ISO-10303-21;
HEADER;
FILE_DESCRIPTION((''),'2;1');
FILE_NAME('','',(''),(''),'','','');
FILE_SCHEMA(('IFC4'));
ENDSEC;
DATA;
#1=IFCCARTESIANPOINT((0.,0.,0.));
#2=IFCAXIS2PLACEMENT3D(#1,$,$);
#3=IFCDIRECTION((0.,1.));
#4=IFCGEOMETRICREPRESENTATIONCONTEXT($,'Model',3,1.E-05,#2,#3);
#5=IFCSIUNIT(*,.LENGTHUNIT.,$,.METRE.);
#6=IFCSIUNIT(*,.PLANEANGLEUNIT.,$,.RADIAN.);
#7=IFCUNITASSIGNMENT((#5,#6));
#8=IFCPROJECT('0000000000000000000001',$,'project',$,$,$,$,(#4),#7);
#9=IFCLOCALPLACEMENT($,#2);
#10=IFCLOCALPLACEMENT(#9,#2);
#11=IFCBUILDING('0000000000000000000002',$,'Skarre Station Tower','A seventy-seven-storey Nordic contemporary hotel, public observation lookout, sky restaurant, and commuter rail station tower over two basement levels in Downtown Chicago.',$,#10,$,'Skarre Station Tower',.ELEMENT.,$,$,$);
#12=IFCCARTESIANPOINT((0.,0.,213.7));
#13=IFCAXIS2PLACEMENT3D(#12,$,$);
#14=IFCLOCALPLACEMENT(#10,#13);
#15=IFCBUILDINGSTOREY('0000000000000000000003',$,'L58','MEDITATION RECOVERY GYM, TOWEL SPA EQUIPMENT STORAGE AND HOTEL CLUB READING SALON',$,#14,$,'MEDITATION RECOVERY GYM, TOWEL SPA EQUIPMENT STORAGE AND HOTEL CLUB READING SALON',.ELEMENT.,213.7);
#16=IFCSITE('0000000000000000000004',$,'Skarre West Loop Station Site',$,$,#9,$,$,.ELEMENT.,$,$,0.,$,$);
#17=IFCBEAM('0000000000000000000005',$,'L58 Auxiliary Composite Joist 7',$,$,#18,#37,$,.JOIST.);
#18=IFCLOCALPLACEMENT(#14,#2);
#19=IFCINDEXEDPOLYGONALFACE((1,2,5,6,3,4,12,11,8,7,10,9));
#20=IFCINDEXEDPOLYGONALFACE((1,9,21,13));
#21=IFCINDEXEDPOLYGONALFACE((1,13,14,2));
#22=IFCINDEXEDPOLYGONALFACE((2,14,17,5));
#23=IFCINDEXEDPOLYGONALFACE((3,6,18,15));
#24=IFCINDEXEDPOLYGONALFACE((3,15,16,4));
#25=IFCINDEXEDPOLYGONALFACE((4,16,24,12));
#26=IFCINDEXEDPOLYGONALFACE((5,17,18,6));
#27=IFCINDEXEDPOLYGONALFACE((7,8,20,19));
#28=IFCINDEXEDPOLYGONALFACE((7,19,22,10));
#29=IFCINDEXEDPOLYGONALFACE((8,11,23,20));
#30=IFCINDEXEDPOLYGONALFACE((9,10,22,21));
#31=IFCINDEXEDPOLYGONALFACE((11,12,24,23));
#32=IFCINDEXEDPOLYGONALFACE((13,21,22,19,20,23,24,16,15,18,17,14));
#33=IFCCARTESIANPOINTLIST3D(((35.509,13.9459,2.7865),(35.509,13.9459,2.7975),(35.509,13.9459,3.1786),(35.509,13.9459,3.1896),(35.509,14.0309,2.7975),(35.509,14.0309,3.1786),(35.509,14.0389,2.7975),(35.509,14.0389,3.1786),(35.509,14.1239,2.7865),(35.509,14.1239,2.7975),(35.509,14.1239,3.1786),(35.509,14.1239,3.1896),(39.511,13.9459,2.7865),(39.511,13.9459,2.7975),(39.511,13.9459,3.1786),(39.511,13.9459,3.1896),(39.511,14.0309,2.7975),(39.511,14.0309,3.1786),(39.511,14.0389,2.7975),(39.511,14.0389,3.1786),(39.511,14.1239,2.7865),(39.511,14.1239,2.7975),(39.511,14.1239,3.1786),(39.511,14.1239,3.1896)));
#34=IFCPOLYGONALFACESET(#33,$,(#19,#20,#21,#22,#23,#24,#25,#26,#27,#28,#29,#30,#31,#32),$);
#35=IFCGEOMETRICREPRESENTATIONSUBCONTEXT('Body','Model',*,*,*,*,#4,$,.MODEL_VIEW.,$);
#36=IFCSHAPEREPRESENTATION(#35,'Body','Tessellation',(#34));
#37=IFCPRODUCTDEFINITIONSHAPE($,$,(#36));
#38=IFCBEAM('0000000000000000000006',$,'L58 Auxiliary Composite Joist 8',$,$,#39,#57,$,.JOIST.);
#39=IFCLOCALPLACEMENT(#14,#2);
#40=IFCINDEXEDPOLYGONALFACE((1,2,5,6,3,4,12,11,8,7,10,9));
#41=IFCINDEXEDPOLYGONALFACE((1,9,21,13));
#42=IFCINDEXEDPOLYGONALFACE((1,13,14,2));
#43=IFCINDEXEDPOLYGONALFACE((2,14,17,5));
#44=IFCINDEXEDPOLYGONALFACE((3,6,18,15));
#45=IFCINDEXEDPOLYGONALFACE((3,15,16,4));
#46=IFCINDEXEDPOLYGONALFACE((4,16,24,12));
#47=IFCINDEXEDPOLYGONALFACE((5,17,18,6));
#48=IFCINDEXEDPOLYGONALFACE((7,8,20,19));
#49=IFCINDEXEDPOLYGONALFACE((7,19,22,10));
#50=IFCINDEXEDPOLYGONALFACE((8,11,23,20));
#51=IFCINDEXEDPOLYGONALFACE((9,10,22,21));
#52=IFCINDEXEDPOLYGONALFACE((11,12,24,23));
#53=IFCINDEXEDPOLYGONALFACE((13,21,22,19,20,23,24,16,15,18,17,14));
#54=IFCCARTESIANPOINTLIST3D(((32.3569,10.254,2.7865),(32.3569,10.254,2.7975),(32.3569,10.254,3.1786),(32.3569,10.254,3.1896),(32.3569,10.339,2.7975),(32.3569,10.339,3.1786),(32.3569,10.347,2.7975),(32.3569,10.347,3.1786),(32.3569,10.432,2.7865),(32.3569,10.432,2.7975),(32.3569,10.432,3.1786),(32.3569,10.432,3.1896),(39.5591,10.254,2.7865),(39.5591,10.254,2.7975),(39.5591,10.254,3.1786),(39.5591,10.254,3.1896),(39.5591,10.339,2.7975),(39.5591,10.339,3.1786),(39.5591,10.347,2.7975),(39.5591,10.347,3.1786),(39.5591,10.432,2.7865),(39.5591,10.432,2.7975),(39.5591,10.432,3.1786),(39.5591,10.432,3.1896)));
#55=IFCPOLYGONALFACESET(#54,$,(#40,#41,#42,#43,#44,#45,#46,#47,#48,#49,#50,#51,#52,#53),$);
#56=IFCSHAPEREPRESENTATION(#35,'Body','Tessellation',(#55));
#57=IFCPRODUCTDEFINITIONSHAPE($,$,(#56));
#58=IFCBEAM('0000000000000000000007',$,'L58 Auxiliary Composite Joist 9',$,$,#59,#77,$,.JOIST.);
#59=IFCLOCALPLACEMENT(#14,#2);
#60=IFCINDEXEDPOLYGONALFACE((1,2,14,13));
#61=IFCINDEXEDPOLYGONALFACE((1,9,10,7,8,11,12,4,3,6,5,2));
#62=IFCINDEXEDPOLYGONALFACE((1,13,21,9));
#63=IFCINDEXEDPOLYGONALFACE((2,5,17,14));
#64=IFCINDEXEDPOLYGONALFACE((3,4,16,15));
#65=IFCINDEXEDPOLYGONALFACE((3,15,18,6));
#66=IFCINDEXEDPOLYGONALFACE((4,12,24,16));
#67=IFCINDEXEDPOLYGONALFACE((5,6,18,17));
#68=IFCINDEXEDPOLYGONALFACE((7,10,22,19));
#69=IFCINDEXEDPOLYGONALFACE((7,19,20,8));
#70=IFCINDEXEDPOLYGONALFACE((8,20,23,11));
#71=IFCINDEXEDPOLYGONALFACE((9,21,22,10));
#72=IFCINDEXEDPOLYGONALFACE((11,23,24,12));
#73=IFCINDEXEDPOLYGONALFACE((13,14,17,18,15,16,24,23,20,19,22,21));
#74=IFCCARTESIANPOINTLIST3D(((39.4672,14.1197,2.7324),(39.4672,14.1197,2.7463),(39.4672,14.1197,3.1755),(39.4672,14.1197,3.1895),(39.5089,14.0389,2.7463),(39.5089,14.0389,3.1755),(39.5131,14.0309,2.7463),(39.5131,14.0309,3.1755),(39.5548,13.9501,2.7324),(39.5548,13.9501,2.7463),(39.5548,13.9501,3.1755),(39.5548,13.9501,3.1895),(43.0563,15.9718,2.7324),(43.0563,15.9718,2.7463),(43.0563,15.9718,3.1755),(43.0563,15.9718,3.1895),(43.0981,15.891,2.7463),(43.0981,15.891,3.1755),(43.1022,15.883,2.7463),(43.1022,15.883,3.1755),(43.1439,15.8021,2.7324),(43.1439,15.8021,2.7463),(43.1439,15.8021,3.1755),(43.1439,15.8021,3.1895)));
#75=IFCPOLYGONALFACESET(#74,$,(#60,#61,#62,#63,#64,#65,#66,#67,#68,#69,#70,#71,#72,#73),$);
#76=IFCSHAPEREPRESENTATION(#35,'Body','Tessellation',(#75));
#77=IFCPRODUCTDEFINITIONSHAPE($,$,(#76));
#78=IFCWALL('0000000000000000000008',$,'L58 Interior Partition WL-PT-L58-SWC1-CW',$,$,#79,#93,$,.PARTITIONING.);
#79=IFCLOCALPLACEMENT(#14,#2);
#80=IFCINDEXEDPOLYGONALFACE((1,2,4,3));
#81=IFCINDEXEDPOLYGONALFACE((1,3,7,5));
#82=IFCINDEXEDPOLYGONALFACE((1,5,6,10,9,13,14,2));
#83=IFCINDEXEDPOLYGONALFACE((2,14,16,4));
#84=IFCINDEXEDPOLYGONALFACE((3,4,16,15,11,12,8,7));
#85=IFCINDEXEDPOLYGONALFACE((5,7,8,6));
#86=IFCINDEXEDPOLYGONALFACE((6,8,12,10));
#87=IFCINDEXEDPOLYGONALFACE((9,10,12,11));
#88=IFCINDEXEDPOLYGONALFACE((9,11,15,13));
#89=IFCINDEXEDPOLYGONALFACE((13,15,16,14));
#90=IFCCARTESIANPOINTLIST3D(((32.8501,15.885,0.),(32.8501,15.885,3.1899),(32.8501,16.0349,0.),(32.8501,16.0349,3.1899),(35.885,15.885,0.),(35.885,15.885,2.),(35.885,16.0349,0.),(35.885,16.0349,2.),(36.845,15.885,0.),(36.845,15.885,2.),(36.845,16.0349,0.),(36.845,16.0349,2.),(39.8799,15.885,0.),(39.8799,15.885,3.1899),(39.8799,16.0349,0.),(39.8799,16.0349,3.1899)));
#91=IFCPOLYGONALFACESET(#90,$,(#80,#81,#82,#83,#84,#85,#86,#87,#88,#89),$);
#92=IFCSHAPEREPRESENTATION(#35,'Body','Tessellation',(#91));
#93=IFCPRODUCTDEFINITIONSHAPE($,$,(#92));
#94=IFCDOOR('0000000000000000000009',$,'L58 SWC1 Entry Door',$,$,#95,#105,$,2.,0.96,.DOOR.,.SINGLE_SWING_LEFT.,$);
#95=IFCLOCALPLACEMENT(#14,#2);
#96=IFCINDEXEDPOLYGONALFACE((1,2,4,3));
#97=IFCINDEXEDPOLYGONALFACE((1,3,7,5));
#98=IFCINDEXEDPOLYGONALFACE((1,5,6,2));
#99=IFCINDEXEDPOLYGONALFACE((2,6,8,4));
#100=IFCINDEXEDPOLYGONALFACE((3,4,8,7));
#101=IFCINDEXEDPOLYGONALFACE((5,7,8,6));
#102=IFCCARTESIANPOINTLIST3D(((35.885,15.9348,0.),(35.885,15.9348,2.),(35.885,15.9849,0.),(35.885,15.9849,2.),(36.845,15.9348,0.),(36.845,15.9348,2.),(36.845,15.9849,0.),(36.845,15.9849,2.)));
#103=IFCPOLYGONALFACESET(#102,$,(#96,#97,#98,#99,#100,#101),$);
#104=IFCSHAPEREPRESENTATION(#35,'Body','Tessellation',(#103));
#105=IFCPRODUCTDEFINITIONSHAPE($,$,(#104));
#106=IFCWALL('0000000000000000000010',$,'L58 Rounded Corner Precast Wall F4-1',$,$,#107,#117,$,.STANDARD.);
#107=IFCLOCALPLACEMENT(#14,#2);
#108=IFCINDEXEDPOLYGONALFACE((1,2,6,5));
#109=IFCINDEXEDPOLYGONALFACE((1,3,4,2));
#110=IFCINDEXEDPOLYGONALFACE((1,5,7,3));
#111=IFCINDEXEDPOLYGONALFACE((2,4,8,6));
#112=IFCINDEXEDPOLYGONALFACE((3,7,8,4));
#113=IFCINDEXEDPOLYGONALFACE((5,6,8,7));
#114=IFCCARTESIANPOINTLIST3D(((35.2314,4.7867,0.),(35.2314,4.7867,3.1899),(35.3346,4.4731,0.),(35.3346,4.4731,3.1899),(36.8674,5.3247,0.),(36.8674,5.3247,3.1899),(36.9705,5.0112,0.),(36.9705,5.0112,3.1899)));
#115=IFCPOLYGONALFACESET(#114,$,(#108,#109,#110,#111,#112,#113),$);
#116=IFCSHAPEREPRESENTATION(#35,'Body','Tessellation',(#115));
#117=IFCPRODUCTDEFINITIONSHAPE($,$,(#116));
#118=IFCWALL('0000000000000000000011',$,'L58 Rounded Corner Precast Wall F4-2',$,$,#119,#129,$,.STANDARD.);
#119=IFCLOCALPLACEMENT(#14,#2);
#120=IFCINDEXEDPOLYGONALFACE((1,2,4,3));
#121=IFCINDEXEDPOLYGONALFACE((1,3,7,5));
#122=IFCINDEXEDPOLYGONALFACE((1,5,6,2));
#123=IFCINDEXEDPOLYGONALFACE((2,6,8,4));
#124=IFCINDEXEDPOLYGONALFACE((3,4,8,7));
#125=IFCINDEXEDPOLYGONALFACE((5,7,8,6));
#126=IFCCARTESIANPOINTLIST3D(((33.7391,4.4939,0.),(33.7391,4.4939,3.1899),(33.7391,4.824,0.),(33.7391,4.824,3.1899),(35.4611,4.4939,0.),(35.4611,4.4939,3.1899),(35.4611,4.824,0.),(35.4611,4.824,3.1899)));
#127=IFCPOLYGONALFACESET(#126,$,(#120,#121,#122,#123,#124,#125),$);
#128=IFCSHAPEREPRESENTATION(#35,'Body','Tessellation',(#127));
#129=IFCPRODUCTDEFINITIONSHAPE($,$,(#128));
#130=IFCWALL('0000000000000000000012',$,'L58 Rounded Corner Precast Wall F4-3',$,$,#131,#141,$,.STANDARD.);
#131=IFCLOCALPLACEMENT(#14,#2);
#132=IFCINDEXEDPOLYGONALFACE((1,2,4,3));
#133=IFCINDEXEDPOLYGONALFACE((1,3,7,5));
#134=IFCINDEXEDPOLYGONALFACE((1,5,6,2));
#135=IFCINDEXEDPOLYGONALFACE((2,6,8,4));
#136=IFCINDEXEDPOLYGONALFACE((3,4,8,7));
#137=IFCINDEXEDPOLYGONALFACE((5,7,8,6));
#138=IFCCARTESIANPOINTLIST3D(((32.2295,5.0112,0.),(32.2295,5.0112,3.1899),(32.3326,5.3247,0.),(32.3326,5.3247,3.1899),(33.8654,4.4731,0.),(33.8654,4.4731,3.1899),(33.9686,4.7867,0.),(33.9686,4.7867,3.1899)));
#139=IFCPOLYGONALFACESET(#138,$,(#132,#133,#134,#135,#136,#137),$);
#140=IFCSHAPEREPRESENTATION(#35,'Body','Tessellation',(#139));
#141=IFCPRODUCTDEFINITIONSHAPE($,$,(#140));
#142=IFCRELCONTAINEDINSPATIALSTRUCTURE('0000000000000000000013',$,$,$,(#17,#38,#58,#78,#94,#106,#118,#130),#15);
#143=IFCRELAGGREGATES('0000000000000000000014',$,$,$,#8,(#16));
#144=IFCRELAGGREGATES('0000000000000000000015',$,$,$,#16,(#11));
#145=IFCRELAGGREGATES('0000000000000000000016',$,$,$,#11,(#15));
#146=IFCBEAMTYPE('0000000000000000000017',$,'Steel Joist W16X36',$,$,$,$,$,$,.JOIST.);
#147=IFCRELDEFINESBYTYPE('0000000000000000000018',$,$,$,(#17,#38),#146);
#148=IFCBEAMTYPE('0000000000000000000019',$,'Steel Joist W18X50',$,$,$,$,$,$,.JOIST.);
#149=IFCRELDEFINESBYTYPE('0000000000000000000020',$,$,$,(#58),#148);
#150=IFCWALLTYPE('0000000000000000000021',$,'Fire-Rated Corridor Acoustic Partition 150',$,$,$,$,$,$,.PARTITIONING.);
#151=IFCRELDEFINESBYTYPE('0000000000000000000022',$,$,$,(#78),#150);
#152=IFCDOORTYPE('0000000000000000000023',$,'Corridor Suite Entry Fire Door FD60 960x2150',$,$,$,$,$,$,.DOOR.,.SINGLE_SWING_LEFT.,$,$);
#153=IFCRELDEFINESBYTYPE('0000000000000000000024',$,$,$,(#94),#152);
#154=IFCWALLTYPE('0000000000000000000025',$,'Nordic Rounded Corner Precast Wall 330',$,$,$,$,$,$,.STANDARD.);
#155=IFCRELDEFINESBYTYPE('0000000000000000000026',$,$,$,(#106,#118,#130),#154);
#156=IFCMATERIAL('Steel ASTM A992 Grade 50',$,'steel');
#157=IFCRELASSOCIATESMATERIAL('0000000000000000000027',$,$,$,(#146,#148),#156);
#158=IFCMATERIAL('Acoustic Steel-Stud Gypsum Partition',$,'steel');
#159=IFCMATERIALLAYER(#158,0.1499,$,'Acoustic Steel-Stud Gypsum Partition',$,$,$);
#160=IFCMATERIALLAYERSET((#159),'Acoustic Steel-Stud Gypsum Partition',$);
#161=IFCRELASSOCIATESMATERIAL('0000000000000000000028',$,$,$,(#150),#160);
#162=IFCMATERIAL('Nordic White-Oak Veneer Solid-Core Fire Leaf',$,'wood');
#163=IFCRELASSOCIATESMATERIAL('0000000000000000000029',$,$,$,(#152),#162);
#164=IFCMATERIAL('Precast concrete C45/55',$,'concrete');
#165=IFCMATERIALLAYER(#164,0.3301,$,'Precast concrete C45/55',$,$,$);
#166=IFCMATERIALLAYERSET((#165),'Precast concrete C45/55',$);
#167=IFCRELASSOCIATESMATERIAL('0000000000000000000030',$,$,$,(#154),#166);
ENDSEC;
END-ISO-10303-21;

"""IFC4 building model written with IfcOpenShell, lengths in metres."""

from ifc_helpers import new_model, si_unit, direction, frame, frame_2d, origin, origin_2d, place, context, subcontext, project, spatial, rectangle, i_section, extrude, material, layer, layer_set, material_profile, profile_set, type_object, element, fill, save


model = new_model("IFC4")

# Units and contexts
model_context = context("Model", 3, precision=1e-05, world=origin(), true_north=direction((0.0, 1.0)))
body_context = subcontext(model_context, "Body", "Model", "MODEL_VIEW")
ifc_project = project(units=[si_unit("LENGTHUNIT", "METRE"), si_unit("PLANEANGLEUNIT", "RADIAN")], contexts=[model_context])

# Site, building, storey
site_placement = place(None, origin())
site = spatial("IfcSite", under=ifc_project, at=site_placement, Name="Skarre West Loop Station Site", CompositionType="ELEMENT", RefElevation=0.0)
building_placement = place(site_placement, origin())
building = spatial("IfcBuilding", under=site, at=building_placement, Name="Skarre Station Tower", Description="A seventy-seven-storey Nordic contemporary hotel, public observation lookout, sky restaurant, and commuter rail station tower over two basement levels in Downtown Chicago.", LongName="Skarre Station Tower", CompositionType="ELEMENT")
storey_placement = place(building_placement, frame((0.0, 0.0, 213.7)))
storey = spatial("IfcBuildingStorey", under=building, at=storey_placement, Name="L58", Description="MEDITATION RECOVERY GYM, TOWEL SPA EQUIPMENT STORAGE AND HOTEL CLUB READING SALON", LongName="MEDITATION RECOVERY GYM, TOWEL SPA EQUIPMENT STORAGE AND HOTEL CLUB READING SALON", CompositionType="ELEMENT", Elevation=213.7)

# Beams
ifc_material_1 = material(Name="Steel ASTM A992 Grade 50", Category="steel")
ifc_material_profile_1 = material_profile(ifc_material_1, i_section(OverallWidth=0.178, OverallDepth=0.4031, WebThickness=0.0081, FlangeThickness=0.011, at=origin_2d()), Name="Steel ASTM A992 Grade 50")
ifc_profile_set_1 = profile_set([ifc_material_profile_1], Name="Steel ASTM A992 Grade 50")
beam_type_1 = type_object("IfcBeamType", Name="Steel Joist W16X36", PredefinedType="JOIST", material=ifc_profile_set_1)
beam_1_placement = place(storey_placement, frame((35.509, 14.0349, 2.988), z_axis=(1.0, 0.0, 0.0), x_axis=(0.0, 1.0, 0.0)))
element("IfcBeam", 1, at=beam_1_placement, inside=storey, type_object=beam_type_1, Name="L58 Auxiliary Composite Joist 7", PredefinedType="JOIST", context=body_context, shape_type="SweptSolid", body=[
    extrude(i_section(OverallWidth=0.178, OverallDepth=0.4031, WebThickness=0.0081, FlangeThickness=0.011, at=origin_2d()), origin(), (0.0, 0.0, 1.0), 4.002),
])
beam_2_placement = place(storey_placement, frame((32.3569, 10.343, 2.988), z_axis=(1.0, 0.0, 0.0), x_axis=(0.0, 1.0, 0.0)))
element("IfcBeam", 2, at=beam_2_placement, inside=storey, type_object=beam_type_1, Name="L58 Auxiliary Composite Joist 8", PredefinedType="JOIST", context=body_context, shape_type="SweptSolid", body=[
    extrude(i_section(OverallWidth=0.178, OverallDepth=0.4031, WebThickness=0.0081, FlangeThickness=0.011, at=origin_2d()), origin(), (0.0, 0.0, 1.0), 7.2021),
])
ifc_material_profile_2 = material_profile(ifc_material_1, i_section(OverallWidth=0.1909, OverallDepth=0.457, WebThickness=0.009, FlangeThickness=0.0139, at=origin_2d()), Name="Steel ASTM A992 Grade 50")
ifc_profile_set_2 = profile_set([ifc_material_profile_2], Name="Steel ASTM A992 Grade 50")
beam_type_2 = type_object("IfcBeamType", Name="Steel Joist W18X50", PredefinedType="JOIST", material=ifc_profile_set_2)
beam_3_placement = place(storey_placement, frame((39.511, 14.0349, 2.9609), z_axis=(0.88866, 0.458566, 0.0), x_axis=(-0.458566, 0.88866, 0.0)))
element("IfcBeam", 3, at=beam_3_placement, inside=storey, type_object=beam_type_2, Name="L58 Auxiliary Composite Joist 9", PredefinedType="JOIST", context=body_context, shape_type="SweptSolid", body=[
    extrude(i_section(OverallWidth=0.1909, OverallDepth=0.457, WebThickness=0.009, FlangeThickness=0.0139, at=origin_2d()), origin(), (0.0, 0.0, 1.0), 4.0388),
])

# Wall, opening, door
ifc_material_2 = material(Name="Acoustic Steel-Stud Gypsum Partition", Category="steel")
ifc_layer_1 = layer(ifc_material_2, 0.1499, Name="Acoustic Steel-Stud Gypsum Partition")
ifc_layer_set_1 = layer_set([ifc_layer_1], Name="Acoustic Steel-Stud Gypsum Partition")
wall_type_1 = type_object("IfcWallType", Name="Fire-Rated Corridor Acoustic Partition 150", PredefinedType="PARTITIONING", material=ifc_layer_set_1)
wall_1_placement = place(storey_placement, frame((32.8501, 15.96, 0.0), z_axis=(0.0, 0.0, 1.0), x_axis=(1.0, 0.0, 0.0)))
wall_1 = element("IfcWall", 4, at=wall_1_placement, inside=storey, type_object=wall_type_1, Name="L58 Interior Partition WL-PT-L58-SWC1-CW", PredefinedType="PARTITIONING", context=body_context, shape_type="SweptSolid", body=[
    extrude(rectangle(XDim=7.0298, YDim=0.1499, at=frame_2d((3.5149, 0.0))), origin(), (0.0, 0.0, 1.0), 3.1899),
])
opening_1_placement = place(wall_1_placement, frame((3.0349, 0.0, 0.0)))
opening_1 = element("IfcOpeningElement", 5, at=opening_1_placement, cuts=wall_1, PredefinedType="OPENING", context=body_context, shape_type="SweptSolid", body=[
    extrude(rectangle(XDim=0.96, YDim=2.0, at=frame_2d((0.48, 1.0))), frame((0.0, 0.085, 0.0), z_axis=(0.0, -1.0, 0.0), x_axis=(1.0, 0.0, 0.0)), (0.0, 0.0, 1.0), 0.1699),
])
ifc_material_3 = material(Name="Nordic White-Oak Veneer Solid-Core Fire Leaf", Category="wood")
door_type_1 = type_object("IfcDoorType", Name="Corridor Suite Entry Fire Door FD60 960x2150", OperationType="SINGLE_SWING_LEFT", PredefinedType="DOOR", material=ifc_material_3)
door_1_placement = place(opening_1_placement, origin())
door_1 = element("IfcDoor", 6, at=door_1_placement, inside=storey, type_object=door_type_1, Name="L58 SWC1 Entry Door", OperationType="SINGLE_SWING_LEFT", OverallHeight=2.0, OverallWidth=0.96, PredefinedType="DOOR", context=body_context, shape_type="SweptSolid", body=[
    extrude(rectangle(XDim=0.96, YDim=2.0, at=frame_2d((0.48, 1.0))), frame((0.0, 0.0249, 0.0), z_axis=(0.0, -1.0, 0.0), x_axis=(1.0, 0.0, 0.0)), (0.0, 0.0, 1.0), 0.05),
])
fill(opening_1, door_1)

# Walls
ifc_material_4 = material(Name="Precast concrete C45/55", Category="concrete")
ifc_layer_2 = layer(ifc_material_4, 0.3301, Name="Precast concrete C45/55")
ifc_layer_set_2 = layer_set([ifc_layer_2], Name="Precast concrete C45/55")
wall_type_2 = type_object("IfcWallType", Name="Nordic Rounded Corner Precast Wall 330", PredefinedType="STANDARD", material=ifc_layer_set_2)
wall_2_placement = place(storey_placement, frame((36.9189, 5.168, 0.0), z_axis=(0.0, 0.0, 1.0), x_axis=(-0.949937, -0.31244, 0.0)))
element("IfcWall", 7, at=wall_2_placement, inside=storey, type_object=wall_type_2, Name="L58 Rounded Corner Precast Wall F4-1", PredefinedType="STANDARD", context=body_context, shape_type="SweptSolid", body=[
    extrude(rectangle(XDim=1.7222, YDim=0.3301, at=frame_2d((0.8611, 0.0))), origin(), (0.0, 0.0, 1.0), 3.1899),
])
wall_3_placement = place(storey_placement, frame((35.4609, 4.6589, 0.0), z_axis=(0.0, 0.0, 1.0), x_axis=(-1.0, 0.0, 0.0)))
element("IfcWall", 8, at=wall_3_placement, inside=storey, type_object=wall_type_2, Name="L58 Rounded Corner Precast Wall F4-2", PredefinedType="STANDARD", context=body_context, shape_type="SweptSolid", body=[
    extrude(rectangle(XDim=1.7219, YDim=0.3301, at=frame_2d((0.8608, 0.0))), origin(), (0.0, 0.0, 1.0), 3.1899),
])
wall_4_placement = place(storey_placement, frame((33.917, 4.6299, 0.0), z_axis=(0.0, 0.0, 1.0), x_axis=(-0.949937, 0.31244, 0.0)))
element("IfcWall", 9, at=wall_4_placement, inside=storey, type_object=wall_type_2, Name="L58 Rounded Corner Precast Wall F4-3", PredefinedType="STANDARD", context=body_context, shape_type="SweptSolid", body=[
    extrude(rectangle(XDim=1.7222, YDim=0.3301, at=frame_2d((0.8611, 0.0))), origin(), (0.0, 0.0, 1.0), 3.1899),
])

save(model, "model.ifc")
